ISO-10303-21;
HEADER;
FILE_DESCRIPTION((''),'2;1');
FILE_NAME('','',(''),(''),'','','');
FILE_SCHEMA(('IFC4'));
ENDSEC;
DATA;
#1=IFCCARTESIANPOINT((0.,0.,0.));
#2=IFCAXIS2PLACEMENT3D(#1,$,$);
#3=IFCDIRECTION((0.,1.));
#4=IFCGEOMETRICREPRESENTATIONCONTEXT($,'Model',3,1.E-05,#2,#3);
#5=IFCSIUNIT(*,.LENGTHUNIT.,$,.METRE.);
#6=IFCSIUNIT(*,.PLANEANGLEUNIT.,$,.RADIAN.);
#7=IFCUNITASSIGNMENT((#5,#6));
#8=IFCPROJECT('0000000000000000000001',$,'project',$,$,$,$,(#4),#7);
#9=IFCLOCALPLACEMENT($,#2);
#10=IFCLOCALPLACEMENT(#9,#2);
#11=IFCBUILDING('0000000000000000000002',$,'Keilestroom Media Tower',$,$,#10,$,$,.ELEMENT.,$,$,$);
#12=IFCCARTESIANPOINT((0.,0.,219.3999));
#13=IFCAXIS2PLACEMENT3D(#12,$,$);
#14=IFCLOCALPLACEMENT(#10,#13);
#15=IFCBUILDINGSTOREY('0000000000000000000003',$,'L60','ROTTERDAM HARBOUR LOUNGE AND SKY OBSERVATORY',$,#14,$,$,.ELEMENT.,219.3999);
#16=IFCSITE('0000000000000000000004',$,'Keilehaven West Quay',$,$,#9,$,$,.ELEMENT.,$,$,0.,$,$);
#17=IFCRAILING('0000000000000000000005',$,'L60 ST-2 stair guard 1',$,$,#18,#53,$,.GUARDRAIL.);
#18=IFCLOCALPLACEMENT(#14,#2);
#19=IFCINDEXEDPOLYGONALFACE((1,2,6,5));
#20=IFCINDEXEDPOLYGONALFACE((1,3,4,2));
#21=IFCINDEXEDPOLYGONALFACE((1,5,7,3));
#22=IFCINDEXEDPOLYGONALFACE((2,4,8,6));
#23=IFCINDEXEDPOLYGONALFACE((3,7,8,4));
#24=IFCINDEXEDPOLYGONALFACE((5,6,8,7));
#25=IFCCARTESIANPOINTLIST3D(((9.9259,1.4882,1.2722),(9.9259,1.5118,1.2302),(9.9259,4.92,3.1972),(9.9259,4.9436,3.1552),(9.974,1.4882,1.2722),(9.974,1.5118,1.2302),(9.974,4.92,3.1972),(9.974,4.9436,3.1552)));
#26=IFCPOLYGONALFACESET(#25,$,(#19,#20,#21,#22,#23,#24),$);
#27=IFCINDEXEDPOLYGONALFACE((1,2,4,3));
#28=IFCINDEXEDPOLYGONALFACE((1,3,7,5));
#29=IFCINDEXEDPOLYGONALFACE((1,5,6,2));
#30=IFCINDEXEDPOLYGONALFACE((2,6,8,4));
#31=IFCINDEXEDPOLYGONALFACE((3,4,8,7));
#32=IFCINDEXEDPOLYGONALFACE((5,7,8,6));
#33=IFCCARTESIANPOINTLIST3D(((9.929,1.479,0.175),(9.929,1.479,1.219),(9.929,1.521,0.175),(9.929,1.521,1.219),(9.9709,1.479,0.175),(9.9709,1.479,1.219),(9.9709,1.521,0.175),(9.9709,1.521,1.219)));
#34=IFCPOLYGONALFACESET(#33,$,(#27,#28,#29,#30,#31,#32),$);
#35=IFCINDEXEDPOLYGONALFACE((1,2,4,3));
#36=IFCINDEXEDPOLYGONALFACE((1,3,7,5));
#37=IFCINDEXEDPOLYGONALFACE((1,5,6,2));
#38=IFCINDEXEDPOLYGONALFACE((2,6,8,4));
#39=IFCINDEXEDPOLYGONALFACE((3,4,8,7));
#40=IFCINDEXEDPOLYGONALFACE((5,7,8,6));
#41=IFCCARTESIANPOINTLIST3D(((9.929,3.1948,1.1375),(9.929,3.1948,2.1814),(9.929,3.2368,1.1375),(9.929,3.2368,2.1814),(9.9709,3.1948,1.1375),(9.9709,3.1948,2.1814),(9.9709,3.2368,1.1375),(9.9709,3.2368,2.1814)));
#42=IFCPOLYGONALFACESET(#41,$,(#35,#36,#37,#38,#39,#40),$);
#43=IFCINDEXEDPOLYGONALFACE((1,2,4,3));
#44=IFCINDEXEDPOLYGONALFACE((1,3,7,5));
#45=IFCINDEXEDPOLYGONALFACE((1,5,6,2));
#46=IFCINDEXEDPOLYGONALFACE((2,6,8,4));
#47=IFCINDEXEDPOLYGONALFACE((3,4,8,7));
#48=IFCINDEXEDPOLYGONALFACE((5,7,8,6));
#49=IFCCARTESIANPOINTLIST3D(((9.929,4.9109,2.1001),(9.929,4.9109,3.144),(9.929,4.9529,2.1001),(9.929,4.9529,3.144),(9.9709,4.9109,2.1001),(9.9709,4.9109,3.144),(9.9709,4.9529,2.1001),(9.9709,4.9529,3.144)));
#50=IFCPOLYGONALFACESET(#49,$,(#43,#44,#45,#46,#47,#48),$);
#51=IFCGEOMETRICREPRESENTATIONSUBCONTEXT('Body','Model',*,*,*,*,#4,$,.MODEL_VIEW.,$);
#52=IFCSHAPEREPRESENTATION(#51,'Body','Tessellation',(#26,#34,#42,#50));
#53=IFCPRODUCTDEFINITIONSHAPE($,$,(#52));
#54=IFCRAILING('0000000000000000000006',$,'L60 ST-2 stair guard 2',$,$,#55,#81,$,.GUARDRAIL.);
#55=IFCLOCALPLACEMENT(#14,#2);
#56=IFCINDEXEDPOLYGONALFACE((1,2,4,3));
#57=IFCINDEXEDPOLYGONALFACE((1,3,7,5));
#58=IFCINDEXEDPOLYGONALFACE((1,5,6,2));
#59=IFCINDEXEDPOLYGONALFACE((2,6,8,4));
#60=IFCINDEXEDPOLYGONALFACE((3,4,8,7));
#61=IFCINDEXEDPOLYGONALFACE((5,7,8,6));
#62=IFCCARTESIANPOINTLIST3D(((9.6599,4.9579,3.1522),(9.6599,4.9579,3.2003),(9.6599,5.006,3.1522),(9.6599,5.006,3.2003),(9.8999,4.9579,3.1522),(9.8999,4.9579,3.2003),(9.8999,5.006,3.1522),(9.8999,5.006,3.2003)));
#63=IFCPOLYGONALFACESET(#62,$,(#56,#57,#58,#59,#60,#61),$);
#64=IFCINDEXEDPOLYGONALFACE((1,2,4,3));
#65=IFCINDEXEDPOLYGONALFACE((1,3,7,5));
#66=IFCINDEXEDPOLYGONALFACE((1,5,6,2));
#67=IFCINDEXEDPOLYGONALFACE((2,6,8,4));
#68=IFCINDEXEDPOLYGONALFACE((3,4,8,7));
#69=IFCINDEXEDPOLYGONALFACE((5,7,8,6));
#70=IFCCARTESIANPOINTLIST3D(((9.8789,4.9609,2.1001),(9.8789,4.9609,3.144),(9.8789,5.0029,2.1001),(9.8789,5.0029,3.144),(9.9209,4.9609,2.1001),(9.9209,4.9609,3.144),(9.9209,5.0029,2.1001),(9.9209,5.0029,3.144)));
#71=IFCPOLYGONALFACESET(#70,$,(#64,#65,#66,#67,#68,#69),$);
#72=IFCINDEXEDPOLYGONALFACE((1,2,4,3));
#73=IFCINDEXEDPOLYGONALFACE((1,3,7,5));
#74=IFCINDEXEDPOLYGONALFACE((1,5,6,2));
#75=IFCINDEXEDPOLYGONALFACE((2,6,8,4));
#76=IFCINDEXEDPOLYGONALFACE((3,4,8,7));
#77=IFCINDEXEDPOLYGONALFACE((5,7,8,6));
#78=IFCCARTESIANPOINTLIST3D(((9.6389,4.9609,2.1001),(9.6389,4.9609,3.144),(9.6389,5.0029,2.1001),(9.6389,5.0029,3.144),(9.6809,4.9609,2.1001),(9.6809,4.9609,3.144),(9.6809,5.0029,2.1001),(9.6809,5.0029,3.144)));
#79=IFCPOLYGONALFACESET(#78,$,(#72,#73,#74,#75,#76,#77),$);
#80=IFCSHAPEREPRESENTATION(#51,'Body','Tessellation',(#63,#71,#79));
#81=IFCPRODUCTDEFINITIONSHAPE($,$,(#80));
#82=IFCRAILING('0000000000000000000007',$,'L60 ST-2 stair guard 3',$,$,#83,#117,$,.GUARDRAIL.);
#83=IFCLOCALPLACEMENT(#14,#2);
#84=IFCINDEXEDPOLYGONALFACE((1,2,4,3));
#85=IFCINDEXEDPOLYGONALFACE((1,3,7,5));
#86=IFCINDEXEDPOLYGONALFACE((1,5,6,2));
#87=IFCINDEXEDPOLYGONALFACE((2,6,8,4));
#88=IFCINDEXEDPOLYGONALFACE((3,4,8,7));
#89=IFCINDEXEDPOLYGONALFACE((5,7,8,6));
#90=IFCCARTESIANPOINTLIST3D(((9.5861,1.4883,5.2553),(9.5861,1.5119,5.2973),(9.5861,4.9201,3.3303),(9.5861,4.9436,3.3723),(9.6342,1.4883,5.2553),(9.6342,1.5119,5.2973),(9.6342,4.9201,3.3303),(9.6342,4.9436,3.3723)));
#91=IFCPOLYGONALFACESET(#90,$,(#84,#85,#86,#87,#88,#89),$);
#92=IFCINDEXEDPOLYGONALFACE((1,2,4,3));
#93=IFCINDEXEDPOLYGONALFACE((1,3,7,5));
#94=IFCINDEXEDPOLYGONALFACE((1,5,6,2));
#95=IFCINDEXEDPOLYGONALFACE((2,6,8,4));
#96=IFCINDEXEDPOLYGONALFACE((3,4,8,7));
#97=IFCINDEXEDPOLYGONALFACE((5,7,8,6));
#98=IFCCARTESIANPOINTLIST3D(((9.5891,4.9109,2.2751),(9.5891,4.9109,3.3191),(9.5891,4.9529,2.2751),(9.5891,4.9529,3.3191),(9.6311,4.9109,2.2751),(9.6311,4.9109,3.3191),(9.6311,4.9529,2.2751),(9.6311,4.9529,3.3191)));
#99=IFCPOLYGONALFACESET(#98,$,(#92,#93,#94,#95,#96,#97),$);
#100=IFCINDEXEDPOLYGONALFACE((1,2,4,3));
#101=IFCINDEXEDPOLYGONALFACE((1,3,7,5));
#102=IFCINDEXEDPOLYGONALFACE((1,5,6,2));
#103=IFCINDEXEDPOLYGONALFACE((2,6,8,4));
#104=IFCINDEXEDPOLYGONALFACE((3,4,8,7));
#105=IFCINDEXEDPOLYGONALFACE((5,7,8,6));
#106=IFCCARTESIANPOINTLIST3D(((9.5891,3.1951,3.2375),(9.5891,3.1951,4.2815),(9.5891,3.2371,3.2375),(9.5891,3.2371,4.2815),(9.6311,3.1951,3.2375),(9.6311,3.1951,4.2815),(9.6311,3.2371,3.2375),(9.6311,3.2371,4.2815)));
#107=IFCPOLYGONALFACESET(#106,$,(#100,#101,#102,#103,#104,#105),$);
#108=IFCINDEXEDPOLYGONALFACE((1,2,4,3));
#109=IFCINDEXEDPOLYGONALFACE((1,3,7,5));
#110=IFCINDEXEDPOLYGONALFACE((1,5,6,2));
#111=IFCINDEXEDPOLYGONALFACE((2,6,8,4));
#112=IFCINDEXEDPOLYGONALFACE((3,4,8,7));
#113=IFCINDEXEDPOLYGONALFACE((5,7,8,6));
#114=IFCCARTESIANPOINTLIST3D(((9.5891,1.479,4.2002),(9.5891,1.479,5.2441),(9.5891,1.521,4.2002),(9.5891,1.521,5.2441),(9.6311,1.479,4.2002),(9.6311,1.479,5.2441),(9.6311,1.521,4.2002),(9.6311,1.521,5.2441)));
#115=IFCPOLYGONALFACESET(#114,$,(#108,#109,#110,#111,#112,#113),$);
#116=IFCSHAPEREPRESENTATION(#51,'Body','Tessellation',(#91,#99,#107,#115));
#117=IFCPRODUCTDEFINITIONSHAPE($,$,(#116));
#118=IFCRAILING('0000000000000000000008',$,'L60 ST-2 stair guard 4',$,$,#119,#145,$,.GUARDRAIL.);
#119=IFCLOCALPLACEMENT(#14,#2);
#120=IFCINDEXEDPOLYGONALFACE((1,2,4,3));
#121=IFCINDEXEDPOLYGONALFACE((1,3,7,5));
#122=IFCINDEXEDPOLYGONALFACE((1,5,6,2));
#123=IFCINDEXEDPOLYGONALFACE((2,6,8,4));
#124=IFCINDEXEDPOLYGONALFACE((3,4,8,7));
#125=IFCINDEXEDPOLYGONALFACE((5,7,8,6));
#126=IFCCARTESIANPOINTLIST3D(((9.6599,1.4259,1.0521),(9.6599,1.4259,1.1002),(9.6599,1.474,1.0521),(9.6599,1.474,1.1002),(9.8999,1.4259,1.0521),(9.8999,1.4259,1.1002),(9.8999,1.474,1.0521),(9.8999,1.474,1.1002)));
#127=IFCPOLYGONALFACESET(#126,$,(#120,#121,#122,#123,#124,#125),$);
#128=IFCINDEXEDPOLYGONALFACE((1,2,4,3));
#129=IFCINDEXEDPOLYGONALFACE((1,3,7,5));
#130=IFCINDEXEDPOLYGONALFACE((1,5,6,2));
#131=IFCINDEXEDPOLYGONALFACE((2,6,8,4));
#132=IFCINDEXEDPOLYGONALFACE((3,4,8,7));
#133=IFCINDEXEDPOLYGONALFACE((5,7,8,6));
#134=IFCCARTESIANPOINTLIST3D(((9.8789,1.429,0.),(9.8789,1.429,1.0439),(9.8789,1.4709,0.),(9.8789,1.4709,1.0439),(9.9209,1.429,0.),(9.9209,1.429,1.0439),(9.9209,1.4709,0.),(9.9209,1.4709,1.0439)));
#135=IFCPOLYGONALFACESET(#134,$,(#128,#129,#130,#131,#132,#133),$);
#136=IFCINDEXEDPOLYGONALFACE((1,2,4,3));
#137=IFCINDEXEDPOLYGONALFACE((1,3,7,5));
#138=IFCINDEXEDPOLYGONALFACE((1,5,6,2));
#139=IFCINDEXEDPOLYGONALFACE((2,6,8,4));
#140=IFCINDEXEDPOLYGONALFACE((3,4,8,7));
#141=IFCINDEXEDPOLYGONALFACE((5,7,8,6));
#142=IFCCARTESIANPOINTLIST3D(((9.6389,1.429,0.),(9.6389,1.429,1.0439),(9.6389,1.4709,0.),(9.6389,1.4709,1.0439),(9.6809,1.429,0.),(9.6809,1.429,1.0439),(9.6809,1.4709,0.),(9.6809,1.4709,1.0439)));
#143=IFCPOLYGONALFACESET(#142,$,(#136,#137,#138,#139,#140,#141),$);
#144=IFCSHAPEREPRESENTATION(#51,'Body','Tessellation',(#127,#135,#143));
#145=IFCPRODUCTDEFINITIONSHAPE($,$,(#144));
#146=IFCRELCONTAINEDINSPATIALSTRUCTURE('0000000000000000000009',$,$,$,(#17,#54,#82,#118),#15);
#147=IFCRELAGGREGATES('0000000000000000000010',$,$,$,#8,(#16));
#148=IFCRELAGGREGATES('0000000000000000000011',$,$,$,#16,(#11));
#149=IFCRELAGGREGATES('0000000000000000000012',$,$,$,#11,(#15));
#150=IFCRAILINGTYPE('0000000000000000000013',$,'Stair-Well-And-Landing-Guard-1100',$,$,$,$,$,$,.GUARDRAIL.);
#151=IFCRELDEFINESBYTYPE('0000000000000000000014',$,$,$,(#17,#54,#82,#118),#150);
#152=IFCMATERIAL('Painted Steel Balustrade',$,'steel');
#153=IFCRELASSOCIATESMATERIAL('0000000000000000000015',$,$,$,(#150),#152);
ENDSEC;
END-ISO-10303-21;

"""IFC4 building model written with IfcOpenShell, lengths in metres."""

from ifc_helpers import new_model, si_unit, direction, frame, origin, origin_2d, place, context, subcontext, project, spatial, rectangle, extrude, material, type_object, element, save


model = new_model("IFC4")

# Units and contexts
model_context = context("Model", 3, precision=1e-05, world=origin(), true_north=direction((0.0, 1.0)))
body_context = subcontext(model_context, "Body", "Model", "MODEL_VIEW")
ifc_project = project(units=[si_unit("LENGTHUNIT", "METRE"), si_unit("PLANEANGLEUNIT", "RADIAN")], contexts=[model_context])

# Site, building, storey
site_placement = place(None, origin())
site = spatial("IfcSite", under=ifc_project, at=site_placement, Name="Keilehaven West Quay", CompositionType="ELEMENT", RefElevation=0.0)
building_placement = place(site_placement, origin())
building = spatial("IfcBuilding", under=site, at=building_placement, Name="Keilestroom Media Tower", CompositionType="ELEMENT")
storey_placement = place(building_placement, frame((0.0, 0.0, 219.3999)))
storey = spatial("IfcBuildingStorey", under=building, at=storey_placement, Name="L60", Description="ROTTERDAM HARBOUR LOUNGE AND SKY OBSERVATORY", CompositionType="ELEMENT", Elevation=219.3999)

# Railings
ifc_material_1 = material(Name="Painted Steel Balustrade", Category="steel")
railing_type_1 = type_object("IfcRailingType", Name="Stair-Well-And-Landing-Guard-1100", PredefinedType="GUARDRAIL", material=ifc_material_1)
railing_1_placement = place(storey_placement, frame((9.95, 1.5, 0.175)))
element("IfcRailing", 1, at=railing_1_placement, inside=storey, type_object=railing_type_1, Name="L60 ST-2 stair guard 1", PredefinedType="GUARDRAIL", context=body_context, shape_type="SweptSolid", body=[
    extrude(rectangle(XDim=0.0481, YDim=0.0481, at=origin_2d()), frame((0.0, 0.0, 1.0762), z_axis=(0.0, 0.87216, 0.489221), x_axis=(-1.0, 0.0, 0.0)), (0.0, 0.0, 1.0), 3.9348),
    extrude(rectangle(XDim=0.042, YDim=0.042, at=origin_2d()), origin(), (0.0, 0.0, 1.0), 1.0439),
    extrude(rectangle(XDim=0.042, YDim=0.042, at=origin_2d()), frame((0.0, 1.7158, 0.9624)), (0.0, 0.0, 1.0), 1.0439),
    extrude(rectangle(XDim=0.042, YDim=0.042, at=origin_2d()), frame((0.0, 3.4319, 1.925)), (0.0, 0.0, 1.0), 1.0439),
])
railing_2_placement = place(storey_placement, frame((9.8999, 4.9819, 2.1001)))
element("IfcRailing", 2, at=railing_2_placement, inside=storey, type_object=railing_type_1, Name="L60 ST-2 stair guard 2", PredefinedType="GUARDRAIL", context=body_context, shape_type="SweptSolid", body=[
    extrude(rectangle(XDim=0.0481, YDim=0.0481, at=origin_2d()), frame((0.0, 0.0, 1.0762), z_axis=(-1.0, 0.0, 0.0), x_axis=(0.0, -1.0, 0.0)), (0.0, 0.0, 1.0), 0.24),
    extrude(rectangle(XDim=0.042, YDim=0.042, at=origin_2d()), origin(), (0.0, 0.0, 1.0), 1.0439),
    extrude(rectangle(XDim=0.042, YDim=0.042, at=origin_2d()), frame((-0.24, 0.0, 0.0)), (0.0, 0.0, 1.0), 1.0439),
])
railing_3_placement = place(storey_placement, frame((9.6101, 4.9319, 2.2751)))
element("IfcRailing", 3, at=railing_3_placement, inside=storey, type_object=railing_type_1, Name="L60 ST-2 stair guard 3", PredefinedType="GUARDRAIL", context=body_context, shape_type="SweptSolid", body=[
    extrude(rectangle(XDim=0.0481, YDim=0.0481, at=origin_2d()), frame((0.0, 0.0, 1.0762), z_axis=(0.0, -0.87216, 0.489221), x_axis=(1.0, 0.0, 0.0)), (0.0, 0.0, 1.0), 3.9348),
    extrude(rectangle(XDim=0.042, YDim=0.042, at=origin_2d()), origin(), (0.0, 0.0, 1.0), 1.0439),
    extrude(rectangle(XDim=0.042, YDim=0.042, at=origin_2d()), frame((0.0, -1.7158, 0.9624)), (0.0, 0.0, 1.0), 1.0439),
    extrude(rectangle(XDim=0.042, YDim=0.042, at=origin_2d()), frame((0.0, -3.4319, 1.925)), (0.0, 0.0, 1.0), 1.0439),
])
railing_4_placement = place(storey_placement, frame((9.8999, 1.45, 0.0)))
element("IfcRailing", 4, at=railing_4_placement, inside=storey, type_object=railing_type_1, Name="L60 ST-2 stair guard 4", PredefinedType="GUARDRAIL", context=body_context, shape_type="SweptSolid", body=[
    extrude(rectangle(XDim=0.0481, YDim=0.0481, at=origin_2d()), frame((0.0, 0.0, 1.0762), z_axis=(-1.0, 0.0, 0.0), x_axis=(0.0, -1.0, 0.0)), (0.0, 0.0, 1.0), 0.24),
    extrude(rectangle(XDim=0.042, YDim=0.042, at=origin_2d()), origin(), (0.0, 0.0, 1.0), 1.0439),
    extrude(rectangle(XDim=0.042, YDim=0.042, at=origin_2d()), frame((-0.24, 0.0, 0.0)), (0.0, 0.0, 1.0), 1.0439),
])

save(model, "model.ifc")
